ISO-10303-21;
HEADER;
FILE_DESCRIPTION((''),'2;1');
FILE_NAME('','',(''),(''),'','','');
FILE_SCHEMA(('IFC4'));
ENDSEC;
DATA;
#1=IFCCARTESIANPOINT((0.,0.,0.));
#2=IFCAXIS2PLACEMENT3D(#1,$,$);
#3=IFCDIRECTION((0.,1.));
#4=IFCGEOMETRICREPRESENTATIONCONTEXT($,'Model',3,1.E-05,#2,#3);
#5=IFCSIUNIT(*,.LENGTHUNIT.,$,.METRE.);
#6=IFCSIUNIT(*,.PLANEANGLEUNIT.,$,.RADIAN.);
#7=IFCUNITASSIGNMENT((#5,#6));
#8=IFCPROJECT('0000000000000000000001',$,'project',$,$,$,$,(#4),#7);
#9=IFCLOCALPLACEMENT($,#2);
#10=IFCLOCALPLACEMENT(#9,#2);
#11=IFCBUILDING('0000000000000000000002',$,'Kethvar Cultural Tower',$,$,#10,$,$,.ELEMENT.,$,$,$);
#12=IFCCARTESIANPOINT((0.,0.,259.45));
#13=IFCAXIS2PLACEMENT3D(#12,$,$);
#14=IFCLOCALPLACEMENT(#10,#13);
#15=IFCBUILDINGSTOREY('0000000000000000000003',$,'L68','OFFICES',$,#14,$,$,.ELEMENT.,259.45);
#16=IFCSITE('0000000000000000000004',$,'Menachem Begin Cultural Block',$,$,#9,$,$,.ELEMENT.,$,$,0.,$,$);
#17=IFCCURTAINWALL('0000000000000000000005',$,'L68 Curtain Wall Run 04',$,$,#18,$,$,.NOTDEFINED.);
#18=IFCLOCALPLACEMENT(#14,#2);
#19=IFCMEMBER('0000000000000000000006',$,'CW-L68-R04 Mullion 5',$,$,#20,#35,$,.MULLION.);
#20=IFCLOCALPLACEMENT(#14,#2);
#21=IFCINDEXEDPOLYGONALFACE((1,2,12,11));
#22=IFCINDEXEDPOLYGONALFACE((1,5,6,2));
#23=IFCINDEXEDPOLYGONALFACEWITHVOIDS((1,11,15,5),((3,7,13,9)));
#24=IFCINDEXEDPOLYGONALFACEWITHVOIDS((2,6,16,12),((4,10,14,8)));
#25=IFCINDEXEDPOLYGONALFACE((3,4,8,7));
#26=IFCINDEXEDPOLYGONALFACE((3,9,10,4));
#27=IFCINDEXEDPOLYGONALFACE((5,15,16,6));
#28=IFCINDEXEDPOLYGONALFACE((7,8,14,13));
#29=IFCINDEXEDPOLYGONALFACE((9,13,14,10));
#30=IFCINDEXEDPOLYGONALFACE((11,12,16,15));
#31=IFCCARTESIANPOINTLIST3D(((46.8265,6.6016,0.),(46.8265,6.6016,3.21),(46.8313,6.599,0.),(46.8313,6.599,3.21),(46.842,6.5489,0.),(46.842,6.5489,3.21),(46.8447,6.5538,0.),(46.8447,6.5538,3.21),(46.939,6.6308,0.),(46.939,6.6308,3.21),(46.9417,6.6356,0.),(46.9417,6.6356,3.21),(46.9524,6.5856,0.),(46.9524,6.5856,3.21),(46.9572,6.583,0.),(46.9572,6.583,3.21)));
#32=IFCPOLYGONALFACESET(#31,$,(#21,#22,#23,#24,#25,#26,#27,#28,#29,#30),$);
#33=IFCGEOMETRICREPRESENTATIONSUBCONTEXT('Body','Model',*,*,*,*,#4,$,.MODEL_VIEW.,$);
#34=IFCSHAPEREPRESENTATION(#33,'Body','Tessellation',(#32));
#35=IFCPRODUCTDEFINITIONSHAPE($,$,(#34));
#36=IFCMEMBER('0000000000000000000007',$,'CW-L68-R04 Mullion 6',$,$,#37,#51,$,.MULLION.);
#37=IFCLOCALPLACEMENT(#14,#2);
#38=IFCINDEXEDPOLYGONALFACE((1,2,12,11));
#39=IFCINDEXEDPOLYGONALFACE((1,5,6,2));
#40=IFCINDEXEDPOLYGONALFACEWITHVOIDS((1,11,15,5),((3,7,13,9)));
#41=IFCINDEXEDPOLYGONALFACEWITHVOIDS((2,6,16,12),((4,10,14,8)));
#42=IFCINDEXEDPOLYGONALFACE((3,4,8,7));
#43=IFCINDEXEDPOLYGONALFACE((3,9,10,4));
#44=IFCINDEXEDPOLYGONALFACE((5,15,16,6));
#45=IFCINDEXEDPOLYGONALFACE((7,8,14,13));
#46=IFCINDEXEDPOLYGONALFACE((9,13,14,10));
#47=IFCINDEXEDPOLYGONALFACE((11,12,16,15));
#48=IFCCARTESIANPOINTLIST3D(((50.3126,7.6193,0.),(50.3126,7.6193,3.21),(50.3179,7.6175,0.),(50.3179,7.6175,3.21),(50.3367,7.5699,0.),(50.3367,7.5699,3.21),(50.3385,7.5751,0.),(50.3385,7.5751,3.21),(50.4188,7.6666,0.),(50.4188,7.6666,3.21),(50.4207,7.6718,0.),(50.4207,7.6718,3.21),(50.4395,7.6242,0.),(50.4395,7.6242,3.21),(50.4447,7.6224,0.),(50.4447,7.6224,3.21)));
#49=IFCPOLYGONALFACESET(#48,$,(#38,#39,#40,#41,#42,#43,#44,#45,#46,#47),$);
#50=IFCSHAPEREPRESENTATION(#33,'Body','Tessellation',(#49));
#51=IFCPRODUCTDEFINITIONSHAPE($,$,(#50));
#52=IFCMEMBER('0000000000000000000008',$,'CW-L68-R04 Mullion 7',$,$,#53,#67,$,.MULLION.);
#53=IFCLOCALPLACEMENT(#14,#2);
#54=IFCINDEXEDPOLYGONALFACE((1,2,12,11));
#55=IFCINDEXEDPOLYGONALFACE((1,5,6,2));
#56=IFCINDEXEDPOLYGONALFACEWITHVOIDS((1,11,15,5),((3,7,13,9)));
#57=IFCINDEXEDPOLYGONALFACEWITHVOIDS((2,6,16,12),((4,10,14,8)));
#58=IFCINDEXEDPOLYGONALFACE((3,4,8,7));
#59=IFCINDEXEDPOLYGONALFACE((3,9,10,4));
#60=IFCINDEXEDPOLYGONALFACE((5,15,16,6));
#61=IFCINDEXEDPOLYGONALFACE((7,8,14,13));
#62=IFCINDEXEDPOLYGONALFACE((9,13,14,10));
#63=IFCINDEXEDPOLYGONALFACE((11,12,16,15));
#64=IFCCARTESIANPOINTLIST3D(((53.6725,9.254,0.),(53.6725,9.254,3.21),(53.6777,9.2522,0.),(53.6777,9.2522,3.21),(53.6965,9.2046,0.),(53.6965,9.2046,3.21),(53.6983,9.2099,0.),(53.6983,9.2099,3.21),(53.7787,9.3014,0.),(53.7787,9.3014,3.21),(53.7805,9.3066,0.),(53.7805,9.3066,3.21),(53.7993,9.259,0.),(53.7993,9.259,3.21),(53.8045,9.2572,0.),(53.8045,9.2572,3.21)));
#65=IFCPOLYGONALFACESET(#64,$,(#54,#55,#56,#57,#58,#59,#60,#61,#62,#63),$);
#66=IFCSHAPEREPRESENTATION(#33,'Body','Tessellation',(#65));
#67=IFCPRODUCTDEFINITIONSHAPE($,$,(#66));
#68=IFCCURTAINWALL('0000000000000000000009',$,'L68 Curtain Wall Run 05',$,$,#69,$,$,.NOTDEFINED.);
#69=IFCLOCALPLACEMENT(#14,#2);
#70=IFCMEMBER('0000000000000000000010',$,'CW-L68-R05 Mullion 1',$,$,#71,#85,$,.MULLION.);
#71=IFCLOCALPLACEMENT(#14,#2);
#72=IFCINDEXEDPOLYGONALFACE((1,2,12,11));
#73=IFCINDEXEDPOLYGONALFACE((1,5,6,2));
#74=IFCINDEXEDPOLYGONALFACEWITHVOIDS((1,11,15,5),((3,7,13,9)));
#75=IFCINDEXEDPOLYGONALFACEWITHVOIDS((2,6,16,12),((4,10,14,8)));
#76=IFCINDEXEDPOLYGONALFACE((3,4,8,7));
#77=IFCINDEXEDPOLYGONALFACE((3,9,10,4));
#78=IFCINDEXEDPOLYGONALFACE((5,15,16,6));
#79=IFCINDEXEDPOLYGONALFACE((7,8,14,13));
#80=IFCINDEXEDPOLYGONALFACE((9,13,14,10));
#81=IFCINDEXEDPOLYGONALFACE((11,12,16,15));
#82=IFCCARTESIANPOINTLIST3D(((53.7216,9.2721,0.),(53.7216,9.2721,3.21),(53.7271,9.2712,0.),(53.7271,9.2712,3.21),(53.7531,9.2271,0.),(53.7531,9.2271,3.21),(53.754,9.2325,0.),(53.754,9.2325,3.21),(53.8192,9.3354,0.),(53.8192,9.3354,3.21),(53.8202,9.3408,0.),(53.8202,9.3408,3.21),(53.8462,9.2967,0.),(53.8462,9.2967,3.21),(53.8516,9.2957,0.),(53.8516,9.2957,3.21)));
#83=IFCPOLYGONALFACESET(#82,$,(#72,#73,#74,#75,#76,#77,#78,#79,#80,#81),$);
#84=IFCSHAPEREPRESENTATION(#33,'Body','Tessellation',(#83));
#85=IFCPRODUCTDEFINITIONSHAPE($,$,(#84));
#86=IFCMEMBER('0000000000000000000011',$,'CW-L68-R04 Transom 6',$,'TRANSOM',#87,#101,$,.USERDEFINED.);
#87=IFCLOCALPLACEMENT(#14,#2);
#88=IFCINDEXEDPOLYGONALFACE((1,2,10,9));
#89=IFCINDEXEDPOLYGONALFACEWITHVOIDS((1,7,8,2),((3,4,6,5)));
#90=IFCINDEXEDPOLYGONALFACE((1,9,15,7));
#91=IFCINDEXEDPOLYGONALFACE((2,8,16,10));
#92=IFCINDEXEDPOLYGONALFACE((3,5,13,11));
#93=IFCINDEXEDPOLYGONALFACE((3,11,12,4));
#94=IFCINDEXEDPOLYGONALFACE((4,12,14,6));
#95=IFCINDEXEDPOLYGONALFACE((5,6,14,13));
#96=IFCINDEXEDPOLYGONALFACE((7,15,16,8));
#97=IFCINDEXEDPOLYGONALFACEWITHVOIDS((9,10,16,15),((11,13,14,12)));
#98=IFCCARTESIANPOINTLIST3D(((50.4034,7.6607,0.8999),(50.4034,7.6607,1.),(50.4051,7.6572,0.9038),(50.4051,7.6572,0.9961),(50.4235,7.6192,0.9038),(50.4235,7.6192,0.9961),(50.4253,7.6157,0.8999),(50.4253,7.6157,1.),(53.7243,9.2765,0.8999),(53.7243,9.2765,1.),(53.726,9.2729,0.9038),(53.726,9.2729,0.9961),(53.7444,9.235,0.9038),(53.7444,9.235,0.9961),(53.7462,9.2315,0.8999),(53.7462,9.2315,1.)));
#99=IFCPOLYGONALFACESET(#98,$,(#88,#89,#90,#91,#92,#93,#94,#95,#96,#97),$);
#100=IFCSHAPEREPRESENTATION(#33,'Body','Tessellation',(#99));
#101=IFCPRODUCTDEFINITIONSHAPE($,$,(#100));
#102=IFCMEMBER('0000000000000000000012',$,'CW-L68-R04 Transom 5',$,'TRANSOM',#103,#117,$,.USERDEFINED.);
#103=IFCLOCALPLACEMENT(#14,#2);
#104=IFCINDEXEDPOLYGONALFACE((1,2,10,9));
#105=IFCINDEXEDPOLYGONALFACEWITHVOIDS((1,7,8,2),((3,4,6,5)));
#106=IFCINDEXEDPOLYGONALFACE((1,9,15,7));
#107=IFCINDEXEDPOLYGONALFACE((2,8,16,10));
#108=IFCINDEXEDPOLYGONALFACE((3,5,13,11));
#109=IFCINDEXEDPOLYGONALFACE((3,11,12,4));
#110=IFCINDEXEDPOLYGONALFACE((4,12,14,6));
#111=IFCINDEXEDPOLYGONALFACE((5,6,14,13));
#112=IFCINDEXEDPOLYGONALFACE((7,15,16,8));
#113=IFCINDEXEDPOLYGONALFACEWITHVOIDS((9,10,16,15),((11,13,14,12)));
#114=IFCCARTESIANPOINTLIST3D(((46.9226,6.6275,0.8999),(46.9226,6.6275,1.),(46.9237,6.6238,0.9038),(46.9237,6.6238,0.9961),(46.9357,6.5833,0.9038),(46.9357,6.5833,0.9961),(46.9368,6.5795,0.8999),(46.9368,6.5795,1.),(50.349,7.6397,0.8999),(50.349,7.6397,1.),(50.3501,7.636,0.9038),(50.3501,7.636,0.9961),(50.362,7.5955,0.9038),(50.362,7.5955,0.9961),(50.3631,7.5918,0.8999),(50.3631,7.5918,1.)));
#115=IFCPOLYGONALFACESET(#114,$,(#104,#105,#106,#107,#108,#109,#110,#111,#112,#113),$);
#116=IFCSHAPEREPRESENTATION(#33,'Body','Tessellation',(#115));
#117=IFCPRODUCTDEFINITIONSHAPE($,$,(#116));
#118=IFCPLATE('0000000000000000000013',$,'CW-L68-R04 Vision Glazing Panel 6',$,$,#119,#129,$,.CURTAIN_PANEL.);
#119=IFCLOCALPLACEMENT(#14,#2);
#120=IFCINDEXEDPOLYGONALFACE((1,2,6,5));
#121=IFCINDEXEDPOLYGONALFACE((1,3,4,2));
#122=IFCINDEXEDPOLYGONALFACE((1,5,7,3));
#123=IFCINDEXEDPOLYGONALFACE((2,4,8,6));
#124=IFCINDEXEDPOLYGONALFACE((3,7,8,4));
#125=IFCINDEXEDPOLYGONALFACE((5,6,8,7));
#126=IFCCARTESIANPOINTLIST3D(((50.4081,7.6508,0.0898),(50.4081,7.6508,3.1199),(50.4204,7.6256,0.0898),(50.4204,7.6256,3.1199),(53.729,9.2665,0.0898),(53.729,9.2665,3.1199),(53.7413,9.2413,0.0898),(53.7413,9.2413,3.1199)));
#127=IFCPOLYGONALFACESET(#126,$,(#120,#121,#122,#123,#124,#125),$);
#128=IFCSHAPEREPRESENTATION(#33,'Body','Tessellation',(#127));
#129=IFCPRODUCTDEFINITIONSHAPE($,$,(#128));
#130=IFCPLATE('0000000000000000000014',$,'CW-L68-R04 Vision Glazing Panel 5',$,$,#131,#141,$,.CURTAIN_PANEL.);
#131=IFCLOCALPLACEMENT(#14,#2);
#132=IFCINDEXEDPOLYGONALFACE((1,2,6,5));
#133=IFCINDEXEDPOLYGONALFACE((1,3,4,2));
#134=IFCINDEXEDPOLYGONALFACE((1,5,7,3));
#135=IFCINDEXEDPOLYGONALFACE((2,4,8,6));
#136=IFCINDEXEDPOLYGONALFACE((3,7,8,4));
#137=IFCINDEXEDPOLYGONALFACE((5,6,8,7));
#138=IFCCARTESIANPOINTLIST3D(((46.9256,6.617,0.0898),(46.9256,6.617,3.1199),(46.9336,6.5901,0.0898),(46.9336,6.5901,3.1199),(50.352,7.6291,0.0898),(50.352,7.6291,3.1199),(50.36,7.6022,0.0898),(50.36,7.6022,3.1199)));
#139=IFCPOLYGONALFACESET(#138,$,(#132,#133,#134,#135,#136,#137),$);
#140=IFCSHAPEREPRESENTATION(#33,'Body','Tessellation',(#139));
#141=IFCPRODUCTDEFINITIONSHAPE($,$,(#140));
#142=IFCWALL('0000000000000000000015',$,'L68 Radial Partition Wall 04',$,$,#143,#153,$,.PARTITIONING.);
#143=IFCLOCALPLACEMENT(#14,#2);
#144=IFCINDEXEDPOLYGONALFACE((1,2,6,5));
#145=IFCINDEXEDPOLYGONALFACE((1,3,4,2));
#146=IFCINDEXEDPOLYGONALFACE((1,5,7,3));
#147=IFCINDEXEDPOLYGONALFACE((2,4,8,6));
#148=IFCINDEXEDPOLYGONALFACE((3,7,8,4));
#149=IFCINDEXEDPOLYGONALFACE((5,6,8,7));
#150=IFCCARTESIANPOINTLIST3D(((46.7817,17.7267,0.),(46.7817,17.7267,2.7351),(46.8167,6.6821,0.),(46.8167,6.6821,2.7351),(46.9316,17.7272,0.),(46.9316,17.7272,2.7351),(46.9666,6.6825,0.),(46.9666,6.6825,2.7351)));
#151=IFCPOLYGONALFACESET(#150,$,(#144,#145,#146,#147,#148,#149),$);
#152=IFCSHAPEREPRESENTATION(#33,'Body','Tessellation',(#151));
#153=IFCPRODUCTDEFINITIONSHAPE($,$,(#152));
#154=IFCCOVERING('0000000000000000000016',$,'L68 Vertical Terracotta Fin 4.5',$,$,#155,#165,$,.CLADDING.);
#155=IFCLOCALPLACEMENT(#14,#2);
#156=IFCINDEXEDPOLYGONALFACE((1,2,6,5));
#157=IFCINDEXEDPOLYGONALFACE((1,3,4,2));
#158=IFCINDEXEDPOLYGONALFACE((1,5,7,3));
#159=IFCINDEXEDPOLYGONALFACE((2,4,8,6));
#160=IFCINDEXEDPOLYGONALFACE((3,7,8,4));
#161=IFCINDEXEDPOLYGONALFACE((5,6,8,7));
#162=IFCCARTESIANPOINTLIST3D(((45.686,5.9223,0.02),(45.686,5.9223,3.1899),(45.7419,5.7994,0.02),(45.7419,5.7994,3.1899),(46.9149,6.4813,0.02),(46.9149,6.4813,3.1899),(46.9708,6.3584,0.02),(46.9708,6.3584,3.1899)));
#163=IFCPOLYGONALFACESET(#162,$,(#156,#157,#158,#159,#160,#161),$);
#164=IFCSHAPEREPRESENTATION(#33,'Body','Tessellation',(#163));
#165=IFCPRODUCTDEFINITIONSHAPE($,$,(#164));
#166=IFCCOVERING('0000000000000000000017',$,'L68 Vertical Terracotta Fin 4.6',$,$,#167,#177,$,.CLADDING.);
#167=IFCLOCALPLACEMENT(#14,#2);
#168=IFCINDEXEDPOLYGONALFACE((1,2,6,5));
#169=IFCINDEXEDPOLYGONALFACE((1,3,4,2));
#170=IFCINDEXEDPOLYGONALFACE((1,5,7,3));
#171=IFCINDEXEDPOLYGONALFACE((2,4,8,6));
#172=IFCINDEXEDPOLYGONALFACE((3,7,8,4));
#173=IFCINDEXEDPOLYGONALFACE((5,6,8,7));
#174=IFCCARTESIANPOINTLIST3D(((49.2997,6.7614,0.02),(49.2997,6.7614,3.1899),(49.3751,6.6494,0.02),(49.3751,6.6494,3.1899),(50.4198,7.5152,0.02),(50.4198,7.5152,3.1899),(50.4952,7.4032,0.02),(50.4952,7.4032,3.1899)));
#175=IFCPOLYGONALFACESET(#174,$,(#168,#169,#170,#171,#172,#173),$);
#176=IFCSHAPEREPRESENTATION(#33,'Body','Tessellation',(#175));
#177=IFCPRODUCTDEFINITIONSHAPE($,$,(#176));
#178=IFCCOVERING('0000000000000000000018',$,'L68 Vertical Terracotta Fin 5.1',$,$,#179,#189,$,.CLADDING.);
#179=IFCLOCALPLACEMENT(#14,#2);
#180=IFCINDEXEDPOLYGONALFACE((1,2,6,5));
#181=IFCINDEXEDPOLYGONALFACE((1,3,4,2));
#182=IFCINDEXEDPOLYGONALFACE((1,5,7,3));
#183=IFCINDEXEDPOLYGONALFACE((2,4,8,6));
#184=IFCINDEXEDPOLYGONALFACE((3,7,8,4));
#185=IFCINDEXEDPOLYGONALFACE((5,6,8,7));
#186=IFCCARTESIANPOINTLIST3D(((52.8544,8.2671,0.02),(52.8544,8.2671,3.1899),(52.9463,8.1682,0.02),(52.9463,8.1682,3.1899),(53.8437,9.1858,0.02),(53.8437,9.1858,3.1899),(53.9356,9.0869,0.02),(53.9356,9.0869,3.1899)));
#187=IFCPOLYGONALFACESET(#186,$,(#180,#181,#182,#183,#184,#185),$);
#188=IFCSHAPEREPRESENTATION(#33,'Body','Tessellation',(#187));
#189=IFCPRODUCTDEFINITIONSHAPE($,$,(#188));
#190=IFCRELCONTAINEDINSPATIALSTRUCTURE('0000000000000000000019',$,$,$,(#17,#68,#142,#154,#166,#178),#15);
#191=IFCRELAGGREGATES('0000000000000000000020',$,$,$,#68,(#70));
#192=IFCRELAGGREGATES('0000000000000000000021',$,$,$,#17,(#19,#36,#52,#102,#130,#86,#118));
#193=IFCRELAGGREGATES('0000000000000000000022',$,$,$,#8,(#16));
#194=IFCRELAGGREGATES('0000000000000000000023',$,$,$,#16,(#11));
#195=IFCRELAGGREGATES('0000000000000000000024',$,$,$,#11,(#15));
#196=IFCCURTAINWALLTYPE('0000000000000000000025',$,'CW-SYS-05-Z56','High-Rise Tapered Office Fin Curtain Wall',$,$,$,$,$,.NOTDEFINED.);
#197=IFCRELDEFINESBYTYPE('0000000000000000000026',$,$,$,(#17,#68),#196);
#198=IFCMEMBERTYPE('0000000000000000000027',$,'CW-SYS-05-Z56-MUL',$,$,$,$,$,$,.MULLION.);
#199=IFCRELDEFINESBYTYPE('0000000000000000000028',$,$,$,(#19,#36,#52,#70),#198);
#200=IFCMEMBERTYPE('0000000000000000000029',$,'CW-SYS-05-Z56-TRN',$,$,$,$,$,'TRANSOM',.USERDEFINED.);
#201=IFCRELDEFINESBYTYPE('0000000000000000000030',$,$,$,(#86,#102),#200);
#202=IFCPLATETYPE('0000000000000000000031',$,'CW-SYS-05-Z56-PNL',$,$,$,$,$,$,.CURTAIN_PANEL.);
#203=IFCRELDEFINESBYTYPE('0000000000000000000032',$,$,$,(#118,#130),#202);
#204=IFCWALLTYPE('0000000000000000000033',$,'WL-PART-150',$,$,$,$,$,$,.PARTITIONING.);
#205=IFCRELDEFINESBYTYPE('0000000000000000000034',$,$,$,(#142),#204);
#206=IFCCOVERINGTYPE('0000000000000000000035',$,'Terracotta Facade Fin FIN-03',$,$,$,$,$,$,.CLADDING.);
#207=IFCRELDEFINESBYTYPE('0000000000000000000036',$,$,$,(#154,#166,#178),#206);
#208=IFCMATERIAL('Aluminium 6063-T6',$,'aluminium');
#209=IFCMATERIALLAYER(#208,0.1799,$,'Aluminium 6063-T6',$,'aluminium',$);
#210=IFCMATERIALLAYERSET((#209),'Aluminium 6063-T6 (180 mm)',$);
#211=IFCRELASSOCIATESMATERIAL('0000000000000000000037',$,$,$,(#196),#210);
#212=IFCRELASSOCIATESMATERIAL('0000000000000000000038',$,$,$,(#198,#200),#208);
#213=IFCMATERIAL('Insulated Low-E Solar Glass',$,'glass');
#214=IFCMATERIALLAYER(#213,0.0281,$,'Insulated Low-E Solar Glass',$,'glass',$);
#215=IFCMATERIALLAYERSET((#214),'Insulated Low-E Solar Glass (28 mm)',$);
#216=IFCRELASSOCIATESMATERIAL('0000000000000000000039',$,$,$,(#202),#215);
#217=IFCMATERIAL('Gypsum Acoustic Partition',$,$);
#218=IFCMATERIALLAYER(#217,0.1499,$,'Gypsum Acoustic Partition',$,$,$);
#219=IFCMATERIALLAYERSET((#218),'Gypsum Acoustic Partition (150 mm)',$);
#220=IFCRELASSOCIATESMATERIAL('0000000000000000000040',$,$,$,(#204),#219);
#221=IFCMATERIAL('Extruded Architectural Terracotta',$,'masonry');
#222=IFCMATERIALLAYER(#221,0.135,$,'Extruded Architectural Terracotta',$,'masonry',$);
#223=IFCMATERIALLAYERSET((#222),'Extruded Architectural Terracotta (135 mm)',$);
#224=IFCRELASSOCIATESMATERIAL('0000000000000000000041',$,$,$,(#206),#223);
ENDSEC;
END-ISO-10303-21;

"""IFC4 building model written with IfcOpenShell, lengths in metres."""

from ifc_helpers import new_model, si_unit, direction, frame, frame_2d, origin, origin_2d, place, context, subcontext, project, spatial, rectangle, hollow_rectangle, extrude, source, transform, mapped, material, layer, layer_set, material_profile, profile_set, type_object, element, aggregate, save


model = new_model("IFC4")

# Units and contexts
model_context = context("Model", 3, precision=1e-05, world=origin(), true_north=direction((0.0, 1.0)))
body_context = subcontext(model_context, "Body", "Model", "MODEL_VIEW")
ifc_project = project(units=[si_unit("LENGTHUNIT", "METRE"), si_unit("PLANEANGLEUNIT", "RADIAN")], contexts=[model_context])

# Site, building, storey
site_placement = place(None, origin())
site = spatial("IfcSite", under=ifc_project, at=site_placement, Name="Menachem Begin Cultural Block", CompositionType="ELEMENT", RefElevation=0.0)
building_placement = place(site_placement, origin())
building = spatial("IfcBuilding", under=site, at=building_placement, Name="Kethvar Cultural Tower", CompositionType="ELEMENT")
storey_placement = place(building_placement, frame((0.0, 0.0, 259.45)))
storey = spatial("IfcBuildingStorey", under=building, at=storey_placement, Name="L68", Description="OFFICES", CompositionType="ELEMENT", Elevation=259.45)

# Curtain wall, members
ifc_material_1 = material(Name="Aluminium 6063-T6", Category="aluminium")
ifc_layer_1 = layer(ifc_material_1, 0.1799, Name="Aluminium 6063-T6", Category="aluminium")
ifc_layer_set_1 = layer_set([ifc_layer_1], Name="Aluminium 6063-T6 (180 mm)")
curtain_wall_type = type_object("IfcCurtainWallType", Name="CW-SYS-05-Z56", Description="High-Rise Tapered Office Fin Curtain Wall", PredefinedType="NOTDEFINED", material=ifc_layer_set_1)
curtain_wall_1_placement = place(storey_placement, origin())
curtain_wall_1 = element("IfcCurtainWall", 1, at=curtain_wall_1_placement, inside=storey, type_object=curtain_wall_type, Name="L68 Curtain Wall Run 04", PredefinedType="NOTDEFINED")
ifc_material_profile_1 = material_profile(ifc_material_1, hollow_rectangle(XDim=0.0549, YDim=0.1201, WallThickness=0.0039, at=origin_2d()), Name="Aluminium 6063-T6 — RHS120x55x4")
ifc_profile_set_1 = profile_set([ifc_material_profile_1], Name="Aluminium 6063-T6 — RHS120x55x4")
member_type_1 = type_object("IfcMemberType", Name="CW-SYS-05-Z56-MUL", PredefinedType="MULLION", material=ifc_profile_set_1)
shared_shape_1 = source(origin(), body_context, "Body", "SweptSolid", [
    extrude(hollow_rectangle(XDim=0.0549, YDim=0.1201, WallThickness=0.0039, at=origin_2d()), origin(), (0.0, 0.0, 1.0), 3.21),
])
member_1_placement = place(storey_placement, frame((46.8918, 6.5923, 0.0), z_axis=(0.0, 0.0, 1.0), x_axis=(-0.283279, 0.959038, 0.0)))
member_1 = element("IfcMember", 2, at=member_1_placement, type_object=member_type_1, Name="CW-L68-R04 Mullion 5", PredefinedType="MULLION", context=body_context, shape_type="MappedRepresentation", body=[
    mapped(shared_shape_1, transform((0.0, 0.0, 0.0), scale=1.0)),
])
member_2_placement = place(storey_placement, frame((50.3787, 7.6208, 0.0), z_axis=(0.0, 0.0, 1.0), x_axis=(-0.437492, 0.899222, 0.0)))
member_2 = element("IfcMember", 3, at=member_2_placement, type_object=member_type_1, Name="CW-L68-R04 Mullion 6", PredefinedType="MULLION", context=body_context, shape_type="MappedRepresentation", body=[
    mapped(shared_shape_1, transform((0.0, 0.0, 0.0), scale=1.0)),
])
member_3_placement = place(storey_placement, frame((53.7385, 9.2556, 0.0), z_axis=(0.0, 0.0, 1.0), x_axis=(-0.437492, 0.899222, 0.0)))
member_3 = element("IfcMember", 4, at=member_3_placement, type_object=member_type_1, Name="CW-L68-R04 Mullion 7", PredefinedType="MULLION", context=body_context, shape_type="MappedRepresentation", body=[
    mapped(shared_shape_1, transform((0.0, 0.0, 0.0), scale=1.0)),
])

# Curtain wall, member
curtain_wall_2_placement = place(storey_placement, origin())
curtain_wall_2 = element("IfcCurtainWall", 5, at=curtain_wall_2_placement, inside=storey, type_object=curtain_wall_type, Name="L68 Curtain Wall Run 05", PredefinedType="NOTDEFINED")
member_4_placement = place(storey_placement, frame((53.7866, 9.2839, 0.0), z_axis=(0.0, 0.0, 1.0), x_axis=(-0.571845, 0.820362, 0.0)))
member_4 = element("IfcMember", 6, at=member_4_placement, type_object=member_type_1, Name="CW-L68-R05 Mullion 1", PredefinedType="MULLION", context=body_context, shape_type="MappedRepresentation", body=[
    mapped(shared_shape_1, transform((0.0, 0.0, 0.0), scale=1.0)),
])
aggregate(curtain_wall_2, [member_4])

# Members
ifc_material_profile_2 = material_profile(ifc_material_1, hollow_rectangle(XDim=0.05, YDim=0.1001, WallThickness=0.0039, at=origin_2d()), Name="Aluminium 6063-T6 — RHS100x50x4")
ifc_profile_set_2 = profile_set([ifc_material_profile_2], Name="Aluminium 6063-T6 — RHS100x50x4")
member_type_2 = type_object("IfcMemberType", Name="CW-SYS-05-Z56-TRN", ElementType="TRANSOM", PredefinedType="USERDEFINED", material=ifc_profile_set_2)
shared_shape_2 = source(origin(), body_context, "Body", "SweptSolid", [
    extrude(hollow_rectangle(XDim=0.05, YDim=0.1001, WallThickness=0.0039, at=origin_2d()), origin(), (0.0, 0.0, 1.0), 3.6931),
])
member_5_placement = place(storey_placement, frame((50.4143, 7.6382, 0.95), z_axis=(0.899214, 0.437509, 0.0), x_axis=(-0.437509, 0.899214, 0.0)))
member_5 = element("IfcMember", 7, at=member_5_placement, type_object=member_type_2, Name="CW-L68-R04 Transom 6", ObjectType="TRANSOM", PredefinedType="USERDEFINED", context=body_context, shape_type="MappedRepresentation", body=[
    mapped(shared_shape_2, transform((0.0, 0.0, 0.0), scale=1.0)),
])
shared_shape_3 = source(origin(), body_context, "Body", "SweptSolid", [
    extrude(hollow_rectangle(XDim=0.05, YDim=0.1001, WallThickness=0.0039, at=origin_2d()), origin(), (0.0, 0.0, 1.0), 3.5728),
])
member_6_placement = place(storey_placement, frame((46.9297, 6.6035, 0.95), z_axis=(0.959025, 0.28332, 0.0), x_axis=(-0.28332, 0.959025, 0.0)))
member_6 = element("IfcMember", 8, at=member_6_placement, type_object=member_type_2, Name="CW-L68-R04 Transom 5", ObjectType="TRANSOM", PredefinedType="USERDEFINED", context=body_context, shape_type="MappedRepresentation", body=[
    mapped(shared_shape_3, transform((0.0, 0.0, 0.0), scale=1.0)),
])

# Plates
ifc_material_2 = material(Name="Insulated Low-E Solar Glass", Category="glass")
ifc_layer_2 = layer(ifc_material_2, 0.0281, Name="Insulated Low-E Solar Glass", Category="glass")
ifc_layer_set_2 = layer_set([ifc_layer_2], Name="Insulated Low-E Solar Glass (28 mm)")
plate_type = type_object("IfcPlateType", Name="CW-SYS-05-Z56-PNL", PredefinedType="CURTAIN_PANEL", material=ifc_layer_set_2)
shared_shape_4 = source(origin(), body_context, "Body", "SweptSolid", [
    extrude(rectangle(XDim=3.6931, YDim=0.0281, at=origin_2d()), origin(), (0.0, 0.0, 1.0), 3.03),
])
plate_1_placement = place(storey_placement, frame((52.0747, 8.446, 0.0898), z_axis=(0.0, 0.0, 1.0), x_axis=(0.899222, 0.437492, 0.0)))
plate_1 = element("IfcPlate", 9, at=plate_1_placement, type_object=plate_type, Name="CW-L68-R04 Vision Glazing Panel 6", PredefinedType="CURTAIN_PANEL", context=body_context, shape_type="MappedRepresentation", body=[
    mapped(shared_shape_4, transform((0.0, 0.0, 0.0), scale=1.0)),
])
shared_shape_5 = source(origin(), body_context, "Body", "SweptSolid", [
    extrude(rectangle(XDim=3.5728, YDim=0.0281, at=origin_2d()), origin(), (0.0, 0.0, 1.0), 3.03),
])
plate_2_placement = place(storey_placement, frame((48.6428, 7.1096, 0.0898), z_axis=(0.0, 0.0, 1.0), x_axis=(0.959038, 0.283279, 0.0)))
plate_2 = element("IfcPlate", 10, at=plate_2_placement, type_object=plate_type, Name="CW-L68-R04 Vision Glazing Panel 5", PredefinedType="CURTAIN_PANEL", context=body_context, shape_type="MappedRepresentation", body=[
    mapped(shared_shape_5, transform((0.0, 0.0, 0.0), scale=1.0)),
])
aggregate(curtain_wall_1, [member_1, member_2, member_3, member_6, plate_2, member_5, plate_1])

# Wall
ifc_material_3 = material(Name="Gypsum Acoustic Partition")
ifc_layer_3 = layer(ifc_material_3, 0.1499, Name="Gypsum Acoustic Partition")
ifc_layer_set_3 = layer_set([ifc_layer_3], Name="Gypsum Acoustic Partition (150 mm)")
wall_type = type_object("IfcWallType", Name="WL-PART-150", PredefinedType="PARTITIONING", material=ifc_layer_set_3)
wall_placement = place(storey_placement, frame((46.8567, 17.7271, 0.0), z_axis=(0.0, 0.0, 1.0), x_axis=(0.003161, -0.999995, 0.0)))
element("IfcWall", 11, at=wall_placement, inside=storey, type_object=wall_type, Name="L68 Radial Partition Wall 04", PredefinedType="PARTITIONING", context=body_context, shape_type="SweptSolid", body=[
    extrude(rectangle(XDim=11.0447, YDim=0.1499, at=frame_2d((5.5225, 0.0))), origin(), (0.0, 0.0, 1.0), 2.7351),
])

# Coverings
ifc_material_4 = material(Name="Extruded Architectural Terracotta", Category="masonry")
ifc_layer_4 = layer(ifc_material_4, 0.135, Name="Extruded Architectural Terracotta", Category="masonry")
ifc_layer_set_4 = layer_set([ifc_layer_4], Name="Extruded Architectural Terracotta (135 mm)")
covering_type = type_object("IfcCoveringType", Name="Terracotta Facade Fin FIN-03", PredefinedType="CLADDING", material=ifc_layer_set_4)
shared_shape_6 = source(origin(), body_context, "Body", "SweptSolid", [
    extrude(rectangle(XDim=1.3501, YDim=0.135, at=origin_2d()), origin(), (0.0, 0.0, 1.0), 3.1699),
])
for number, where, z_axis, x_axis, name in (
    (12, (46.3284, 6.1404, 0.02), (0.0, 0.0, 1.0), (-0.910251, -0.414058, 0.0), "L68 Vertical Terracotta Fin 4.5"),
    (13, (49.8975, 7.0823, 0.02), (0.0, 0.0, 1.0), (-0.829623, -0.558324, 0.0), "L68 Vertical Terracotta Fin 4.6"),
    (14, (53.395, 8.677, 0.02), (0.0, 0.0, 1.0), (-0.73278, -0.680465, 0.0), "L68 Vertical Terracotta Fin 5.1"),
):
    element("IfcCovering", number, at=place(storey_placement, frame(where, z_axis=z_axis, x_axis=x_axis)), inside=storey, type_object=covering_type, Name=name, PredefinedType="CLADDING", context=body_context, shape_type="MappedRepresentation", body=[
        mapped(shared_shape_6, transform((0.0, 0.0, 0.0), scale=1.0)),
    ])

save(model, "model.ifc")
